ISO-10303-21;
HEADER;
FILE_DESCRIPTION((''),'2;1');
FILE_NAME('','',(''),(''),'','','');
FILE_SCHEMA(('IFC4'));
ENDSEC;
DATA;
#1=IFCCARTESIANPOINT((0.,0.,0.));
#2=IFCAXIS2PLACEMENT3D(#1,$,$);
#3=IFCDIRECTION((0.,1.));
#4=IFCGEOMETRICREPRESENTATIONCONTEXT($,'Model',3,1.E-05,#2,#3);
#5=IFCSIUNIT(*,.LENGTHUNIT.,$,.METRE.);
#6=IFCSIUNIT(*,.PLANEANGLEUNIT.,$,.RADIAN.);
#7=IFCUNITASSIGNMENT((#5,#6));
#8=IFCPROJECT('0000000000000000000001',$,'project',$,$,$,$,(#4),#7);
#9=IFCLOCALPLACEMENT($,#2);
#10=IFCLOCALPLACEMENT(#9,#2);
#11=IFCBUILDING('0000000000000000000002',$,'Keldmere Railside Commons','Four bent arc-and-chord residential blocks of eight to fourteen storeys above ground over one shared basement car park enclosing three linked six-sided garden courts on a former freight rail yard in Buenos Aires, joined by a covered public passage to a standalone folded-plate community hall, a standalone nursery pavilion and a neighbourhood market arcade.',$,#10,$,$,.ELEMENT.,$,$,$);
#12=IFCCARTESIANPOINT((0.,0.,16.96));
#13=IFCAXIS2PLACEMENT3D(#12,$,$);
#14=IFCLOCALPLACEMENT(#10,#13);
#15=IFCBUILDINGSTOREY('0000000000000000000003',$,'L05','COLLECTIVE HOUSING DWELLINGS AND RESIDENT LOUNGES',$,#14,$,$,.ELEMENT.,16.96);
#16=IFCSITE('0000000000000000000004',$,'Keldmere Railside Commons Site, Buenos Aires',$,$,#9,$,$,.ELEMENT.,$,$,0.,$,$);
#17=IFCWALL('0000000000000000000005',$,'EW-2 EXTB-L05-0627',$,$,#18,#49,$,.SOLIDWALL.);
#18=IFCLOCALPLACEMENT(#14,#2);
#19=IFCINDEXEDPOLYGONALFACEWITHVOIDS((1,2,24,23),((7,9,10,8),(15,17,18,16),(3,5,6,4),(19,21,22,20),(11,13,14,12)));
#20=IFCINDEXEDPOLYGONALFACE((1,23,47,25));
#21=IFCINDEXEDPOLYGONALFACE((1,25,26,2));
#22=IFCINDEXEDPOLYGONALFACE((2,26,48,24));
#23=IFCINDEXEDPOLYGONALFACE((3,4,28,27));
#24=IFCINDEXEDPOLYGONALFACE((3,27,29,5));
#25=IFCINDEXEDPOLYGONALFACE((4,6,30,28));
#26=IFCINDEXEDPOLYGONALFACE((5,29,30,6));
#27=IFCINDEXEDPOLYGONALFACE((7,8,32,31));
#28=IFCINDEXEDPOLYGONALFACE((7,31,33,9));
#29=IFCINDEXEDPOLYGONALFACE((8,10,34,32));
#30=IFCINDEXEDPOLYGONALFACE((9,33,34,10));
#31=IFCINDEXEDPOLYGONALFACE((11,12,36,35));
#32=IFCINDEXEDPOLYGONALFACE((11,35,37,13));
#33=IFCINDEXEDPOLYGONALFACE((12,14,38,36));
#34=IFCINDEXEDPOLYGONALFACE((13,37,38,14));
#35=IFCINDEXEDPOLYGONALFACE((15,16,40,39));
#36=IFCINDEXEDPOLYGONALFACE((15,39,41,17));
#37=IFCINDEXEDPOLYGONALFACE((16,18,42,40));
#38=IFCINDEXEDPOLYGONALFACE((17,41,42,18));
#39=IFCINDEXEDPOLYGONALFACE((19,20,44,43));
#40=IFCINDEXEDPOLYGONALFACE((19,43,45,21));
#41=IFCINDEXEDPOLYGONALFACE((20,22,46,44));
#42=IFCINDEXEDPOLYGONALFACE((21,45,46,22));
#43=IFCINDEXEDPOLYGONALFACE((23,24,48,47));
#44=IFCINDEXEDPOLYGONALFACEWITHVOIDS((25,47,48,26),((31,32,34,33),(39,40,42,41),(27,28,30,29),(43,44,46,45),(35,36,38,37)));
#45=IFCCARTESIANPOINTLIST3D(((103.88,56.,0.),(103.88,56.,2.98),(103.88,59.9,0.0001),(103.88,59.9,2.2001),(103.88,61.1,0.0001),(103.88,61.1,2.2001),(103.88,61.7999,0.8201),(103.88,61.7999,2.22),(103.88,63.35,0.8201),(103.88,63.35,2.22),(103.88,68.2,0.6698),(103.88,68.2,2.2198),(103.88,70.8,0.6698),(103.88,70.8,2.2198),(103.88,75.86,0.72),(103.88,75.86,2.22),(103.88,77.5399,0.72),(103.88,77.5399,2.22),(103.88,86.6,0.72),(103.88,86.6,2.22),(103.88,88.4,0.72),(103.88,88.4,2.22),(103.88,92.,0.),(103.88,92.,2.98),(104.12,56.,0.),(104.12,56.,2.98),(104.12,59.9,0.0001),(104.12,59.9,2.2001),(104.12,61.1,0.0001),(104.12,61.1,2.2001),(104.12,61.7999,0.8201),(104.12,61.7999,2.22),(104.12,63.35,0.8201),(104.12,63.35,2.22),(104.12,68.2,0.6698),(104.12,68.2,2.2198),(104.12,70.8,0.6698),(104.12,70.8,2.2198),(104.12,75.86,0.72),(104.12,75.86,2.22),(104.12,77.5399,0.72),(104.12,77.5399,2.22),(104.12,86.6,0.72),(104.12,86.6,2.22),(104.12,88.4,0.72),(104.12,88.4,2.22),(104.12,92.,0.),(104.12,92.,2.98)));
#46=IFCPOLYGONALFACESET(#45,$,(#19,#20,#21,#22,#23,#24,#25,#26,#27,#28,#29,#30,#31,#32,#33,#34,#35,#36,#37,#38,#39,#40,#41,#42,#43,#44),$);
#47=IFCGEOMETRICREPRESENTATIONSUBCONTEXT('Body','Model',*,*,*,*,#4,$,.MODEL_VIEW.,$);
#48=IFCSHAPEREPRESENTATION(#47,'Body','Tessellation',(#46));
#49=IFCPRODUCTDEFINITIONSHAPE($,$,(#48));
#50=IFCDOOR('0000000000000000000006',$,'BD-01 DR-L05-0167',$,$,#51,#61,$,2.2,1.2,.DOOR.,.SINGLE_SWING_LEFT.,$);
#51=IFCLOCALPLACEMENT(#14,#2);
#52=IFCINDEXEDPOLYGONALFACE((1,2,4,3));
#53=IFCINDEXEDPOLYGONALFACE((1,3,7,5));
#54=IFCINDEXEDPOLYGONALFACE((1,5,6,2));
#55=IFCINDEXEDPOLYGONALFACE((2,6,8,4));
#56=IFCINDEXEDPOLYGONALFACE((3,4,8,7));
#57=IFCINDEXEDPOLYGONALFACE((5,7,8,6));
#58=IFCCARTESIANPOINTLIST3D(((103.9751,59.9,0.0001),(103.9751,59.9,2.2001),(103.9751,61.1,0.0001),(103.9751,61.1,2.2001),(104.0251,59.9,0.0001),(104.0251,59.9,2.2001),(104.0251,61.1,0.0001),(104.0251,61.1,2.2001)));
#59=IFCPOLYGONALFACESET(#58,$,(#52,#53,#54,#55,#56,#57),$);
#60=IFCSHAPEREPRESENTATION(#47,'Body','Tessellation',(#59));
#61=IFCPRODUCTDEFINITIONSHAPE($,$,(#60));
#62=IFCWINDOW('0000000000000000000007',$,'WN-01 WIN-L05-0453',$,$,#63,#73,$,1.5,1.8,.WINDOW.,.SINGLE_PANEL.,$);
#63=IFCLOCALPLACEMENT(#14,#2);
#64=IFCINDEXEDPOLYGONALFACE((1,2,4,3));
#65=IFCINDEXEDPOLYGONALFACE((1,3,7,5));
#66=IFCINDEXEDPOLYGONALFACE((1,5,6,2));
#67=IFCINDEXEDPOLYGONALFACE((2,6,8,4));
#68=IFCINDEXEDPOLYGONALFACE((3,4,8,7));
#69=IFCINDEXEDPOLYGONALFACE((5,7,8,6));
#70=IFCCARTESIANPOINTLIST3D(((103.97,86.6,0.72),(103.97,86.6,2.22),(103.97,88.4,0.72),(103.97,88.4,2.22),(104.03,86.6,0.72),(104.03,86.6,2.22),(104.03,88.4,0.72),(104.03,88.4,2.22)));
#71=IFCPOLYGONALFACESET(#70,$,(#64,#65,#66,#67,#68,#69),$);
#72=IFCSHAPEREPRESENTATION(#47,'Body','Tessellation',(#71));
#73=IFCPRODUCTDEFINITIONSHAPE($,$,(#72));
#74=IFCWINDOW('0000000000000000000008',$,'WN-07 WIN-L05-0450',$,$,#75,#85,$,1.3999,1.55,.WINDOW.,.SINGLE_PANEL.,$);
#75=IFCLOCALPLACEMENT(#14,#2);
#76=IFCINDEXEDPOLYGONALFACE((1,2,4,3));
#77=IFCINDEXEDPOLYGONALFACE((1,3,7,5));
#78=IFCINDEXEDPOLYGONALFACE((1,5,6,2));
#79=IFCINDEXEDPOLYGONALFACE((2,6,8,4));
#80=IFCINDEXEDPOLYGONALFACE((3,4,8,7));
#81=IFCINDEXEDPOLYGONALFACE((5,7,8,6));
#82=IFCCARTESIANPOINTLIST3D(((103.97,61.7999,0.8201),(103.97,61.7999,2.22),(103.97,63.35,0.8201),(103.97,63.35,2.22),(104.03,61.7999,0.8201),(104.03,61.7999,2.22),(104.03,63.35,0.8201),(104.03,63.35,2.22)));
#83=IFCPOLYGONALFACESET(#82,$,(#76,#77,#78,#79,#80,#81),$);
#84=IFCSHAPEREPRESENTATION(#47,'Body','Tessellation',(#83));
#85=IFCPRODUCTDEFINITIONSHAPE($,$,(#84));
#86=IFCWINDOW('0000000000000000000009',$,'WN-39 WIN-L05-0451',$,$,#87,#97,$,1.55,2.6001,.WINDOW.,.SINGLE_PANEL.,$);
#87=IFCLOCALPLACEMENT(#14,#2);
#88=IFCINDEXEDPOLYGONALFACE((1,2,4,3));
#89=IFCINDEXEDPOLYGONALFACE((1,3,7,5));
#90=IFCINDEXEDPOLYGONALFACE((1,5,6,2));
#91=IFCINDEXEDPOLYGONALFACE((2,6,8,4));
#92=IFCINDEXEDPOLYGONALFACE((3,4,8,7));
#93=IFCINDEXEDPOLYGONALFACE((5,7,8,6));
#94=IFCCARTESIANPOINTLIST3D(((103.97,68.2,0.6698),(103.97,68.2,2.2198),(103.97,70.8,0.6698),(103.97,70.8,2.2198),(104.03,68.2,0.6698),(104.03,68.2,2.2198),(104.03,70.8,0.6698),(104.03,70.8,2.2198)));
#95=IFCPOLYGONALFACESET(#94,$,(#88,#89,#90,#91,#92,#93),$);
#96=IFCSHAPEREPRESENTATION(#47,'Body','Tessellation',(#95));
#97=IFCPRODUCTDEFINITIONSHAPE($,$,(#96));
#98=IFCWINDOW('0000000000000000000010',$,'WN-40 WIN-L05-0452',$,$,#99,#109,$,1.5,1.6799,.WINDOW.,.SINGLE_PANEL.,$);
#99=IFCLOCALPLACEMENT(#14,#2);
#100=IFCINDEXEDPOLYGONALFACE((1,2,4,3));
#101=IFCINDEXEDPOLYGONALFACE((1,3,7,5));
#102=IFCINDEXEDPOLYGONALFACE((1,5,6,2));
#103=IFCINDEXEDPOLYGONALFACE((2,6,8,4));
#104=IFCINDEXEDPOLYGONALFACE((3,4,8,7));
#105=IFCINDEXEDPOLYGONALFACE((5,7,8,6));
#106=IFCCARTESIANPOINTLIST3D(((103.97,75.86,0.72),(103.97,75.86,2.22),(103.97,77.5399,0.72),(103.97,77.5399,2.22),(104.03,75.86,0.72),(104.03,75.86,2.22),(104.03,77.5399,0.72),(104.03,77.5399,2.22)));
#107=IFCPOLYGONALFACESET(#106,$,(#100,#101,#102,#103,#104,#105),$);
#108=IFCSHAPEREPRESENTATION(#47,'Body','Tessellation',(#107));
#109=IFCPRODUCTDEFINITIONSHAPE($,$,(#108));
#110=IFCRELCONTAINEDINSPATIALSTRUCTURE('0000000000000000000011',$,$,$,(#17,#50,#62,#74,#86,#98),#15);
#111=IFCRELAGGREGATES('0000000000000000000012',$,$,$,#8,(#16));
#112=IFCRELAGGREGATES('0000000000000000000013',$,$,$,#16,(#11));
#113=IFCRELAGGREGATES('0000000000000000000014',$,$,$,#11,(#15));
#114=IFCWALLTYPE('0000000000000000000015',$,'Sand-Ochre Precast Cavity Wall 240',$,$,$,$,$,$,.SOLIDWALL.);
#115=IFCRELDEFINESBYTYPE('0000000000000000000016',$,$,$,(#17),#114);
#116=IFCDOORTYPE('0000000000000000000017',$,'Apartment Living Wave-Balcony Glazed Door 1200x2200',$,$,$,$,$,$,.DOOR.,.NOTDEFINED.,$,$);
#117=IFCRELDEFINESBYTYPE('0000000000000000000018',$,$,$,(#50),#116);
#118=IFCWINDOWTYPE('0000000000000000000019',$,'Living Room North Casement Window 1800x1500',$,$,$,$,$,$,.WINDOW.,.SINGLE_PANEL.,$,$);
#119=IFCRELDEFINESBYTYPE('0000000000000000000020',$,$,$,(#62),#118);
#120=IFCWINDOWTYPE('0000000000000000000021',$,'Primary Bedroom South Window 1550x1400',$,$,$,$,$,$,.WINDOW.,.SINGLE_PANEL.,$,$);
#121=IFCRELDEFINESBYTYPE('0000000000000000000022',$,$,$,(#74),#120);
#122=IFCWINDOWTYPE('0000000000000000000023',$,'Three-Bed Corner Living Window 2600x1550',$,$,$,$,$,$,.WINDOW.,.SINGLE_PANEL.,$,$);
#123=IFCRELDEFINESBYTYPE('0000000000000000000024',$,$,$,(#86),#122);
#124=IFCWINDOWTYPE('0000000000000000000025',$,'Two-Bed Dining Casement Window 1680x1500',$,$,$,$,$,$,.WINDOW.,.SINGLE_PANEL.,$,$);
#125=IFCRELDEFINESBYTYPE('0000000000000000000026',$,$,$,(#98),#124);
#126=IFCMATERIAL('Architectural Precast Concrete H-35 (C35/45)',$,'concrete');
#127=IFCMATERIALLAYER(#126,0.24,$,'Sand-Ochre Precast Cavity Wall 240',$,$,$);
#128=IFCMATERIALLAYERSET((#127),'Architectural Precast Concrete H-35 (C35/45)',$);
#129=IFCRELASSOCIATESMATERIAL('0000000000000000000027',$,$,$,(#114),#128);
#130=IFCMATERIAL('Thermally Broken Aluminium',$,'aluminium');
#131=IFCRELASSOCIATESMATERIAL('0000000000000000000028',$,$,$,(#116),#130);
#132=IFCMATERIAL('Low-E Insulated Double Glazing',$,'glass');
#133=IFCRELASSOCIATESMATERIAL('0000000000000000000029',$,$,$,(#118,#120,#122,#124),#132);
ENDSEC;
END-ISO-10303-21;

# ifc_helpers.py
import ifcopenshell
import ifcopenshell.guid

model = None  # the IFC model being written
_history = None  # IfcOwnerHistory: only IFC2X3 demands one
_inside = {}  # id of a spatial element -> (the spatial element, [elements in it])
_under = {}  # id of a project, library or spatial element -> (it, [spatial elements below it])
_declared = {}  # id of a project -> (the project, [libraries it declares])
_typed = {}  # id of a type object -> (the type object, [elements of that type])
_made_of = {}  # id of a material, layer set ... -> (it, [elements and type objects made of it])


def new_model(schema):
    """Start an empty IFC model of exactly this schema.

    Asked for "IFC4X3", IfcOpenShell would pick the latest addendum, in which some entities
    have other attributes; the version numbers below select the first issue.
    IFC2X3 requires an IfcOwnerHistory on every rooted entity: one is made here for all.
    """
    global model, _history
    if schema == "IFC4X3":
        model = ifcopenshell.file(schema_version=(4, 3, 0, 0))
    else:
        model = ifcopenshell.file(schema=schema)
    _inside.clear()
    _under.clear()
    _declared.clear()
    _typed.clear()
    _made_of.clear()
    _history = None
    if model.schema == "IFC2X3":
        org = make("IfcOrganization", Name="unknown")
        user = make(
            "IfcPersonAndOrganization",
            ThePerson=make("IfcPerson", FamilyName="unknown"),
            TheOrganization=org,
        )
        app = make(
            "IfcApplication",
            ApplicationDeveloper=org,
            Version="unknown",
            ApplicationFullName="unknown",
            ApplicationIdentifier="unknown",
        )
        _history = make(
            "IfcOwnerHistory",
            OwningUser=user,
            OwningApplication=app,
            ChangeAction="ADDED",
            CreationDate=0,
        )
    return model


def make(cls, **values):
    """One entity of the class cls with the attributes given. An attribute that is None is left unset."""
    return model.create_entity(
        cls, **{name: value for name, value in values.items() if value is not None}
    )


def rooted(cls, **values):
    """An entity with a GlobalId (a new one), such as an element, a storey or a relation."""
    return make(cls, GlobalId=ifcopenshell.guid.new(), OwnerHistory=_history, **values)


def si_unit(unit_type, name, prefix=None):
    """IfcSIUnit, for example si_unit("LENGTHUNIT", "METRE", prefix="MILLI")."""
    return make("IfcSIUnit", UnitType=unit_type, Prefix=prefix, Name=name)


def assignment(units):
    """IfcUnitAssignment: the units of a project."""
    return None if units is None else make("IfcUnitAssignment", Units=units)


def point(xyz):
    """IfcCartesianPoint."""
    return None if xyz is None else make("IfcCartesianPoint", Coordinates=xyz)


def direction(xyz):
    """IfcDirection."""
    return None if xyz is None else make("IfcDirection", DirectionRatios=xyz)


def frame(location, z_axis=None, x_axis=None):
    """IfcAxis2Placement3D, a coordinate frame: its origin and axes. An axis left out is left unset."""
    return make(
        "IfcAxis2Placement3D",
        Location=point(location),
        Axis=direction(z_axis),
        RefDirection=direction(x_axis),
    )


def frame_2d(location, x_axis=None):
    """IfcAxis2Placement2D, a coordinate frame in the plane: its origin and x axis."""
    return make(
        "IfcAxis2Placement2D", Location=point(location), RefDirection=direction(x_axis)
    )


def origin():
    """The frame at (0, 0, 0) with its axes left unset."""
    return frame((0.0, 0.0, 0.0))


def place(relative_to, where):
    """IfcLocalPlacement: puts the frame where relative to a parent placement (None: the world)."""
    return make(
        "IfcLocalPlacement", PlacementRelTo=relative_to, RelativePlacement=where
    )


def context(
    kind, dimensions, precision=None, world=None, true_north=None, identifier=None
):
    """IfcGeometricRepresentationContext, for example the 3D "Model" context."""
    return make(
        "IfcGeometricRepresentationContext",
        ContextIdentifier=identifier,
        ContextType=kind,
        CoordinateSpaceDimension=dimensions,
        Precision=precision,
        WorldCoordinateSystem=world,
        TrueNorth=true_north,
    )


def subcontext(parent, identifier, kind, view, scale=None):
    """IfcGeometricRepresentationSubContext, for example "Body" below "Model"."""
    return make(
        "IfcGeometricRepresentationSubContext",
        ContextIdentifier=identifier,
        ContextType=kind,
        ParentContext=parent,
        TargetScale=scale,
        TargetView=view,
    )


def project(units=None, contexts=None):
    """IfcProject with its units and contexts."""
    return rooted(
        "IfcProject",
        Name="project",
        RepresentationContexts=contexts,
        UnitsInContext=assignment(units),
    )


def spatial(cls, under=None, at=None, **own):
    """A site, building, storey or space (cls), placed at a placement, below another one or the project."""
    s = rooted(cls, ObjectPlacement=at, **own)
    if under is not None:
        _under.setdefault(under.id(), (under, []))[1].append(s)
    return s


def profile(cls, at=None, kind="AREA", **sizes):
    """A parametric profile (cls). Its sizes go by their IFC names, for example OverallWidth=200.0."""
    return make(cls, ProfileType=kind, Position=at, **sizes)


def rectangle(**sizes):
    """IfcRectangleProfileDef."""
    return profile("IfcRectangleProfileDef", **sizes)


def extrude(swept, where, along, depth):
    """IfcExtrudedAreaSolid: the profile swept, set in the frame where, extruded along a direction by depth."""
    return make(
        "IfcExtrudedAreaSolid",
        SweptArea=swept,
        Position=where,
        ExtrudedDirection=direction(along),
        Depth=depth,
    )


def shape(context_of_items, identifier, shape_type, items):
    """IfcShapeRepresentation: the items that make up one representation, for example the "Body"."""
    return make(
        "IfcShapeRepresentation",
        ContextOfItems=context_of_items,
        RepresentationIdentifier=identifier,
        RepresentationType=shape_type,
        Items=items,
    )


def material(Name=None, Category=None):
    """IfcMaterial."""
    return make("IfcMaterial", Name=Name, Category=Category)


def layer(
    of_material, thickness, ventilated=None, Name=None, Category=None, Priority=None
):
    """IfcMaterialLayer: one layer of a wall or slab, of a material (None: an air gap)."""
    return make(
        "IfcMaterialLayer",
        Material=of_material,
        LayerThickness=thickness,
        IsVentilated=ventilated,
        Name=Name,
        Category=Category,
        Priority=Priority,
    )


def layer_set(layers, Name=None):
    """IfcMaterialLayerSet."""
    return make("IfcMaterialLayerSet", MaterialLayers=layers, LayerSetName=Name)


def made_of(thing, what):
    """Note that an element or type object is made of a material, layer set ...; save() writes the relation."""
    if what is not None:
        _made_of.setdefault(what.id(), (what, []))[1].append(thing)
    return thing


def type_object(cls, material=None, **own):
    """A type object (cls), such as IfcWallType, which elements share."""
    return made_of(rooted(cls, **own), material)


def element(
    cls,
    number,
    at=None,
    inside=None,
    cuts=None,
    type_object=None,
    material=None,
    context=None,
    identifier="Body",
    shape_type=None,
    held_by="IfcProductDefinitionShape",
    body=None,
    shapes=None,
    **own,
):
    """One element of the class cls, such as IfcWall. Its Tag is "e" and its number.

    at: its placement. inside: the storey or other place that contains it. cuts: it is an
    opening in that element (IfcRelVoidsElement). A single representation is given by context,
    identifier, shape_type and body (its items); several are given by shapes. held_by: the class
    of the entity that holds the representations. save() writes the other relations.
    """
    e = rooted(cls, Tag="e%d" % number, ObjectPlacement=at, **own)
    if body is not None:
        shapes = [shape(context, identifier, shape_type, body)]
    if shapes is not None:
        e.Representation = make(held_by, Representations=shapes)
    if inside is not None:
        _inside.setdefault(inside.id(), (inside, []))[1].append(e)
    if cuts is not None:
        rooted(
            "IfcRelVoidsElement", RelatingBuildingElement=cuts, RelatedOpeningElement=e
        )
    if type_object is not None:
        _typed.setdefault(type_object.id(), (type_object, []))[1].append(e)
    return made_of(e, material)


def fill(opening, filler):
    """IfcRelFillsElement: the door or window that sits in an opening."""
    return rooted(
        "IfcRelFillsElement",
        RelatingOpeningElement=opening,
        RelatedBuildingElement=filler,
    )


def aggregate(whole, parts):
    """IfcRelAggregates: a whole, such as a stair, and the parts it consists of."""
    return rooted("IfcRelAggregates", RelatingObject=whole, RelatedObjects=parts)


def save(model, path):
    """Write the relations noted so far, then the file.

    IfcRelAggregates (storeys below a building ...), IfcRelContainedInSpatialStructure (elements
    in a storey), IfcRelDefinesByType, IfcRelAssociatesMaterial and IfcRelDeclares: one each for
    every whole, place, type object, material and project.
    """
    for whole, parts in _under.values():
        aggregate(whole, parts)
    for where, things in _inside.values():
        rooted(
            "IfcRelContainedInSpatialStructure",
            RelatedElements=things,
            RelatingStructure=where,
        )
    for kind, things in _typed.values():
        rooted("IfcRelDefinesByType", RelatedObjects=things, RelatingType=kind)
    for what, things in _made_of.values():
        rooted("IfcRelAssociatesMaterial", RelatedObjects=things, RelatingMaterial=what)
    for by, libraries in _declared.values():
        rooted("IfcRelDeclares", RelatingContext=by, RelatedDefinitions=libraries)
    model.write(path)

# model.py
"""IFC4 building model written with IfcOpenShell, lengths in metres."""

from ifc_helpers import new_model, si_unit, direction, frame, frame_2d, origin, place, context, subcontext, project, spatial, rectangle, extrude, material, layer, layer_set, type_object, element, fill, save


model = new_model("IFC4")

# Units and contexts
model_context = context("Model", 3, precision=1e-05, world=origin(), true_north=direction((0.0, 1.0)))
body_context = subcontext(model_context, "Body", "Model", "MODEL_VIEW")
ifc_project = project(units=[si_unit("LENGTHUNIT", "METRE"), si_unit("PLANEANGLEUNIT", "RADIAN")], contexts=[model_context])

# Site, building, storey
site_placement = place(None, origin())
site = spatial("IfcSite", under=ifc_project, at=site_placement, Name="Keldmere Railside Commons Site, Buenos Aires", CompositionType="ELEMENT", RefElevation=0.0)
building_placement = place(site_placement, origin())
building = spatial("IfcBuilding", under=site, at=building_placement, Name="Keldmere Railside Commons", Description="Four bent arc-and-chord residential blocks of eight to fourteen storeys above ground over one shared basement car park enclosing three linked six-sided garden courts on a former freight rail yard in Buenos Aires, joined by a covered public passage to a standalone folded-plate community hall, a standalone nursery pavilion and a neighbourhood market arcade.", CompositionType="ELEMENT")
storey_placement = place(building_placement, frame((0.0, 0.0, 16.96)))
storey = spatial("IfcBuildingStorey", under=building, at=storey_placement, Name="L05", Description="COLLECTIVE HOUSING DWELLINGS AND RESIDENT LOUNGES", CompositionType="ELEMENT", Elevation=16.96)

# Wall, openings, door, windows
ifc_material_1 = material(Name="Architectural Precast Concrete H-35 (C35/45)", Category="concrete")
ifc_layer = layer(ifc_material_1, 0.24, Name="Sand-Ochre Precast Cavity Wall 240")
ifc_layer_set = layer_set([ifc_layer], Name="Architectural Precast Concrete H-35 (C35/45)")
wall_type = type_object("IfcWallType", Name="Sand-Ochre Precast Cavity Wall 240", PredefinedType="SOLIDWALL", material=ifc_layer_set)
wall_placement = place(storey_placement, frame((104.0, 56.0, 0.0), z_axis=(0.0, 0.0, 1.0), x_axis=(0.0, 1.0, 0.0)))
wall = element("IfcWall", 1, at=wall_placement, inside=storey, type_object=wall_type, Name="EW-2 EXTB-L05-0627", PredefinedType="SOLIDWALL", context=body_context, shape_type="SweptSolid", body=[
    extrude(rectangle(XDim=36.0, YDim=0.24, at=frame_2d((18.0, 0.0))), origin(), (0.0, 0.0, 1.0), 2.98),
])
opening_1_placement = place(wall_placement, frame((3.8999, 0.0, 0.0)))
opening_1 = element("IfcOpeningElement", 2, at=opening_1_placement, cuts=wall, PredefinedType="OPENING", context=body_context, shape_type="SweptSolid", body=[
    extrude(rectangle(XDim=1.2, YDim=2.2, at=frame_2d((0.6001, 1.1001))), frame((0.0, 0.1299, 0.0), z_axis=(0.0, -1.0, 0.0), x_axis=(1.0, 0.0, 0.0)), (0.0, 0.0, 1.0), 0.26),
])
opening_2_placement = place(wall_placement, frame((5.8, 0.0, 0.8201)))
opening_2 = element("IfcOpeningElement", 3, at=opening_2_placement, cuts=wall, PredefinedType="OPENING", context=body_context, shape_type="SweptSolid", body=[
    extrude(rectangle(XDim=1.55, YDim=1.3999, at=frame_2d((0.7749, 0.7))), frame((0.0, 0.1299, 0.0), z_axis=(0.0, -1.0, 0.0), x_axis=(1.0, 0.0, 0.0)), (0.0, 0.0, 1.0), 0.26),
])
opening_3_placement = place(wall_placement, frame((12.2, 0.0, 0.6699)))
opening_3 = element("IfcOpeningElement", 4, at=opening_3_placement, cuts=wall, PredefinedType="OPENING", context=body_context, shape_type="SweptSolid", body=[
    extrude(rectangle(XDim=2.6001, YDim=1.55, at=frame_2d((1.3, 0.7749))), frame((0.0, 0.1299, 0.0), z_axis=(0.0, -1.0, 0.0), x_axis=(1.0, 0.0, 0.0)), (0.0, 0.0, 1.0), 0.26),
])
opening_4_placement = place(wall_placement, frame((19.8601, 0.0, 0.72)))
opening_4 = element("IfcOpeningElement", 5, at=opening_4_placement, cuts=wall, PredefinedType="OPENING", context=body_context, shape_type="SweptSolid", body=[
    extrude(rectangle(XDim=1.6799, YDim=1.5, at=frame_2d((0.8398, 0.75))), frame((0.0, 0.1299, 0.0), z_axis=(0.0, -1.0, 0.0), x_axis=(1.0, 0.0, 0.0)), (0.0, 0.0, 1.0), 0.26),
])
opening_5_placement = place(wall_placement, frame((30.6001, 0.0, 0.72)))
opening_5 = element("IfcOpeningElement", 6, at=opening_5_placement, cuts=wall, PredefinedType="OPENING", context=body_context, shape_type="SweptSolid", body=[
    extrude(rectangle(XDim=1.8, YDim=1.5, at=frame_2d((0.8999, 0.75))), frame((0.0, 0.1299, 0.0), z_axis=(0.0, -1.0, 0.0), x_axis=(1.0, 0.0, 0.0)), (0.0, 0.0, 1.0), 0.26),
])
ifc_material_2 = material(Name="Thermally Broken Aluminium", Category="aluminium")
door_type = type_object("IfcDoorType", Name="Apartment Living Wave-Balcony Glazed Door 1200x2200", OperationType="NOTDEFINED", PredefinedType="DOOR", material=ifc_material_2)
door_placement = place(opening_1_placement, origin())
door = element("IfcDoor", 7, at=door_placement, inside=storey, type_object=door_type, Name="BD-01 DR-L05-0167", OperationType="SINGLE_SWING_LEFT", OverallHeight=2.2, OverallWidth=1.2, PredefinedType="DOOR", context=body_context, shape_type="SweptSolid", body=[
    extrude(rectangle(XDim=1.2, YDim=2.2, at=frame_2d((0.6001, 1.1001))), frame((0.0, 0.0249, 0.0), z_axis=(0.0, -1.0, 0.0), x_axis=(1.0, 0.0, 0.0)), (0.0, 0.0, 1.0), 0.05),
])
fill(opening_1, door)
ifc_material_3 = material(Name="Low-E Insulated Double Glazing", Category="glass")
window_type_1 = type_object("IfcWindowType", Name="Living Room North Casement Window 1800x1500", PartitioningType="SINGLE_PANEL", PredefinedType="WINDOW", material=ifc_material_3)
window_1_placement = place(opening_5_placement, origin())
window_1 = element("IfcWindow", 8, at=window_1_placement, inside=storey, type_object=window_type_1, Name="WN-01 WIN-L05-0453", OverallHeight=1.5, OverallWidth=1.8, PartitioningType="SINGLE_PANEL", PredefinedType="WINDOW", context=body_context, shape_type="SweptSolid", body=[
    extrude(rectangle(XDim=1.8, YDim=1.5, at=frame_2d((0.8999, 0.75))), frame((0.0, 0.03, 0.0), z_axis=(0.0, -1.0, 0.0), x_axis=(1.0, 0.0, 0.0)), (0.0, 0.0, 1.0), 0.0601),
])
fill(opening_5, window_1)
window_type_2 = type_object("IfcWindowType", Name="Primary Bedroom South Window 1550x1400", PartitioningType="SINGLE_PANEL", PredefinedType="WINDOW", material=ifc_material_3)
window_2_placement = place(opening_2_placement, origin())
window_2 = element("IfcWindow", 9, at=window_2_placement, inside=storey, type_object=window_type_2, Name="WN-07 WIN-L05-0450", OverallHeight=1.3999, OverallWidth=1.55, PartitioningType="SINGLE_PANEL", PredefinedType="WINDOW", context=body_context, shape_type="SweptSolid", body=[
    extrude(rectangle(XDim=1.55, YDim=1.3999, at=frame_2d((0.7749, 0.7))), frame((0.0, 0.03, 0.0), z_axis=(0.0, -1.0, 0.0), x_axis=(1.0, 0.0, 0.0)), (0.0, 0.0, 1.0), 0.0601),
])
fill(opening_2, window_2)
window_type_3 = type_object("IfcWindowType", Name="Three-Bed Corner Living Window 2600x1550", PartitioningType="SINGLE_PANEL", PredefinedType="WINDOW", material=ifc_material_3)
window_3_placement = place(opening_3_placement, origin())
window_3 = element("IfcWindow", 10, at=window_3_placement, inside=storey, type_object=window_type_3, Name="WN-39 WIN-L05-0451", OverallHeight=1.55, OverallWidth=2.6001, PartitioningType="SINGLE_PANEL", PredefinedType="WINDOW", context=body_context, shape_type="SweptSolid", body=[
    extrude(rectangle(XDim=2.6001, YDim=1.55, at=frame_2d((1.3, 0.7749))), frame((0.0, 0.03, 0.0), z_axis=(0.0, -1.0, 0.0), x_axis=(1.0, 0.0, 0.0)), (0.0, 0.0, 1.0), 0.0601),
])
fill(opening_3, window_3)
window_type_4 = type_object("IfcWindowType", Name="Two-Bed Dining Casement Window 1680x1500", PartitioningType="SINGLE_PANEL", PredefinedType="WINDOW", material=ifc_material_3)
window_4_placement = place(opening_4_placement, origin())
window_4 = element("IfcWindow", 11, at=window_4_placement, inside=storey, type_object=window_type_4, Name="WN-40 WIN-L05-0452", OverallHeight=1.5, OverallWidth=1.6799, PartitioningType="SINGLE_PANEL", PredefinedType="WINDOW", context=body_context, shape_type="SweptSolid", body=[
    extrude(rectangle(XDim=1.6799, YDim=1.5, at=frame_2d((0.8398, 0.75))), frame((0.0, 0.03, 0.0), z_axis=(0.0, -1.0, 0.0), x_axis=(1.0, 0.0, 0.0)), (0.0, 0.0, 1.0), 0.0601),
])
fill(opening_4, window_4)

save(model, "model.ifc")
